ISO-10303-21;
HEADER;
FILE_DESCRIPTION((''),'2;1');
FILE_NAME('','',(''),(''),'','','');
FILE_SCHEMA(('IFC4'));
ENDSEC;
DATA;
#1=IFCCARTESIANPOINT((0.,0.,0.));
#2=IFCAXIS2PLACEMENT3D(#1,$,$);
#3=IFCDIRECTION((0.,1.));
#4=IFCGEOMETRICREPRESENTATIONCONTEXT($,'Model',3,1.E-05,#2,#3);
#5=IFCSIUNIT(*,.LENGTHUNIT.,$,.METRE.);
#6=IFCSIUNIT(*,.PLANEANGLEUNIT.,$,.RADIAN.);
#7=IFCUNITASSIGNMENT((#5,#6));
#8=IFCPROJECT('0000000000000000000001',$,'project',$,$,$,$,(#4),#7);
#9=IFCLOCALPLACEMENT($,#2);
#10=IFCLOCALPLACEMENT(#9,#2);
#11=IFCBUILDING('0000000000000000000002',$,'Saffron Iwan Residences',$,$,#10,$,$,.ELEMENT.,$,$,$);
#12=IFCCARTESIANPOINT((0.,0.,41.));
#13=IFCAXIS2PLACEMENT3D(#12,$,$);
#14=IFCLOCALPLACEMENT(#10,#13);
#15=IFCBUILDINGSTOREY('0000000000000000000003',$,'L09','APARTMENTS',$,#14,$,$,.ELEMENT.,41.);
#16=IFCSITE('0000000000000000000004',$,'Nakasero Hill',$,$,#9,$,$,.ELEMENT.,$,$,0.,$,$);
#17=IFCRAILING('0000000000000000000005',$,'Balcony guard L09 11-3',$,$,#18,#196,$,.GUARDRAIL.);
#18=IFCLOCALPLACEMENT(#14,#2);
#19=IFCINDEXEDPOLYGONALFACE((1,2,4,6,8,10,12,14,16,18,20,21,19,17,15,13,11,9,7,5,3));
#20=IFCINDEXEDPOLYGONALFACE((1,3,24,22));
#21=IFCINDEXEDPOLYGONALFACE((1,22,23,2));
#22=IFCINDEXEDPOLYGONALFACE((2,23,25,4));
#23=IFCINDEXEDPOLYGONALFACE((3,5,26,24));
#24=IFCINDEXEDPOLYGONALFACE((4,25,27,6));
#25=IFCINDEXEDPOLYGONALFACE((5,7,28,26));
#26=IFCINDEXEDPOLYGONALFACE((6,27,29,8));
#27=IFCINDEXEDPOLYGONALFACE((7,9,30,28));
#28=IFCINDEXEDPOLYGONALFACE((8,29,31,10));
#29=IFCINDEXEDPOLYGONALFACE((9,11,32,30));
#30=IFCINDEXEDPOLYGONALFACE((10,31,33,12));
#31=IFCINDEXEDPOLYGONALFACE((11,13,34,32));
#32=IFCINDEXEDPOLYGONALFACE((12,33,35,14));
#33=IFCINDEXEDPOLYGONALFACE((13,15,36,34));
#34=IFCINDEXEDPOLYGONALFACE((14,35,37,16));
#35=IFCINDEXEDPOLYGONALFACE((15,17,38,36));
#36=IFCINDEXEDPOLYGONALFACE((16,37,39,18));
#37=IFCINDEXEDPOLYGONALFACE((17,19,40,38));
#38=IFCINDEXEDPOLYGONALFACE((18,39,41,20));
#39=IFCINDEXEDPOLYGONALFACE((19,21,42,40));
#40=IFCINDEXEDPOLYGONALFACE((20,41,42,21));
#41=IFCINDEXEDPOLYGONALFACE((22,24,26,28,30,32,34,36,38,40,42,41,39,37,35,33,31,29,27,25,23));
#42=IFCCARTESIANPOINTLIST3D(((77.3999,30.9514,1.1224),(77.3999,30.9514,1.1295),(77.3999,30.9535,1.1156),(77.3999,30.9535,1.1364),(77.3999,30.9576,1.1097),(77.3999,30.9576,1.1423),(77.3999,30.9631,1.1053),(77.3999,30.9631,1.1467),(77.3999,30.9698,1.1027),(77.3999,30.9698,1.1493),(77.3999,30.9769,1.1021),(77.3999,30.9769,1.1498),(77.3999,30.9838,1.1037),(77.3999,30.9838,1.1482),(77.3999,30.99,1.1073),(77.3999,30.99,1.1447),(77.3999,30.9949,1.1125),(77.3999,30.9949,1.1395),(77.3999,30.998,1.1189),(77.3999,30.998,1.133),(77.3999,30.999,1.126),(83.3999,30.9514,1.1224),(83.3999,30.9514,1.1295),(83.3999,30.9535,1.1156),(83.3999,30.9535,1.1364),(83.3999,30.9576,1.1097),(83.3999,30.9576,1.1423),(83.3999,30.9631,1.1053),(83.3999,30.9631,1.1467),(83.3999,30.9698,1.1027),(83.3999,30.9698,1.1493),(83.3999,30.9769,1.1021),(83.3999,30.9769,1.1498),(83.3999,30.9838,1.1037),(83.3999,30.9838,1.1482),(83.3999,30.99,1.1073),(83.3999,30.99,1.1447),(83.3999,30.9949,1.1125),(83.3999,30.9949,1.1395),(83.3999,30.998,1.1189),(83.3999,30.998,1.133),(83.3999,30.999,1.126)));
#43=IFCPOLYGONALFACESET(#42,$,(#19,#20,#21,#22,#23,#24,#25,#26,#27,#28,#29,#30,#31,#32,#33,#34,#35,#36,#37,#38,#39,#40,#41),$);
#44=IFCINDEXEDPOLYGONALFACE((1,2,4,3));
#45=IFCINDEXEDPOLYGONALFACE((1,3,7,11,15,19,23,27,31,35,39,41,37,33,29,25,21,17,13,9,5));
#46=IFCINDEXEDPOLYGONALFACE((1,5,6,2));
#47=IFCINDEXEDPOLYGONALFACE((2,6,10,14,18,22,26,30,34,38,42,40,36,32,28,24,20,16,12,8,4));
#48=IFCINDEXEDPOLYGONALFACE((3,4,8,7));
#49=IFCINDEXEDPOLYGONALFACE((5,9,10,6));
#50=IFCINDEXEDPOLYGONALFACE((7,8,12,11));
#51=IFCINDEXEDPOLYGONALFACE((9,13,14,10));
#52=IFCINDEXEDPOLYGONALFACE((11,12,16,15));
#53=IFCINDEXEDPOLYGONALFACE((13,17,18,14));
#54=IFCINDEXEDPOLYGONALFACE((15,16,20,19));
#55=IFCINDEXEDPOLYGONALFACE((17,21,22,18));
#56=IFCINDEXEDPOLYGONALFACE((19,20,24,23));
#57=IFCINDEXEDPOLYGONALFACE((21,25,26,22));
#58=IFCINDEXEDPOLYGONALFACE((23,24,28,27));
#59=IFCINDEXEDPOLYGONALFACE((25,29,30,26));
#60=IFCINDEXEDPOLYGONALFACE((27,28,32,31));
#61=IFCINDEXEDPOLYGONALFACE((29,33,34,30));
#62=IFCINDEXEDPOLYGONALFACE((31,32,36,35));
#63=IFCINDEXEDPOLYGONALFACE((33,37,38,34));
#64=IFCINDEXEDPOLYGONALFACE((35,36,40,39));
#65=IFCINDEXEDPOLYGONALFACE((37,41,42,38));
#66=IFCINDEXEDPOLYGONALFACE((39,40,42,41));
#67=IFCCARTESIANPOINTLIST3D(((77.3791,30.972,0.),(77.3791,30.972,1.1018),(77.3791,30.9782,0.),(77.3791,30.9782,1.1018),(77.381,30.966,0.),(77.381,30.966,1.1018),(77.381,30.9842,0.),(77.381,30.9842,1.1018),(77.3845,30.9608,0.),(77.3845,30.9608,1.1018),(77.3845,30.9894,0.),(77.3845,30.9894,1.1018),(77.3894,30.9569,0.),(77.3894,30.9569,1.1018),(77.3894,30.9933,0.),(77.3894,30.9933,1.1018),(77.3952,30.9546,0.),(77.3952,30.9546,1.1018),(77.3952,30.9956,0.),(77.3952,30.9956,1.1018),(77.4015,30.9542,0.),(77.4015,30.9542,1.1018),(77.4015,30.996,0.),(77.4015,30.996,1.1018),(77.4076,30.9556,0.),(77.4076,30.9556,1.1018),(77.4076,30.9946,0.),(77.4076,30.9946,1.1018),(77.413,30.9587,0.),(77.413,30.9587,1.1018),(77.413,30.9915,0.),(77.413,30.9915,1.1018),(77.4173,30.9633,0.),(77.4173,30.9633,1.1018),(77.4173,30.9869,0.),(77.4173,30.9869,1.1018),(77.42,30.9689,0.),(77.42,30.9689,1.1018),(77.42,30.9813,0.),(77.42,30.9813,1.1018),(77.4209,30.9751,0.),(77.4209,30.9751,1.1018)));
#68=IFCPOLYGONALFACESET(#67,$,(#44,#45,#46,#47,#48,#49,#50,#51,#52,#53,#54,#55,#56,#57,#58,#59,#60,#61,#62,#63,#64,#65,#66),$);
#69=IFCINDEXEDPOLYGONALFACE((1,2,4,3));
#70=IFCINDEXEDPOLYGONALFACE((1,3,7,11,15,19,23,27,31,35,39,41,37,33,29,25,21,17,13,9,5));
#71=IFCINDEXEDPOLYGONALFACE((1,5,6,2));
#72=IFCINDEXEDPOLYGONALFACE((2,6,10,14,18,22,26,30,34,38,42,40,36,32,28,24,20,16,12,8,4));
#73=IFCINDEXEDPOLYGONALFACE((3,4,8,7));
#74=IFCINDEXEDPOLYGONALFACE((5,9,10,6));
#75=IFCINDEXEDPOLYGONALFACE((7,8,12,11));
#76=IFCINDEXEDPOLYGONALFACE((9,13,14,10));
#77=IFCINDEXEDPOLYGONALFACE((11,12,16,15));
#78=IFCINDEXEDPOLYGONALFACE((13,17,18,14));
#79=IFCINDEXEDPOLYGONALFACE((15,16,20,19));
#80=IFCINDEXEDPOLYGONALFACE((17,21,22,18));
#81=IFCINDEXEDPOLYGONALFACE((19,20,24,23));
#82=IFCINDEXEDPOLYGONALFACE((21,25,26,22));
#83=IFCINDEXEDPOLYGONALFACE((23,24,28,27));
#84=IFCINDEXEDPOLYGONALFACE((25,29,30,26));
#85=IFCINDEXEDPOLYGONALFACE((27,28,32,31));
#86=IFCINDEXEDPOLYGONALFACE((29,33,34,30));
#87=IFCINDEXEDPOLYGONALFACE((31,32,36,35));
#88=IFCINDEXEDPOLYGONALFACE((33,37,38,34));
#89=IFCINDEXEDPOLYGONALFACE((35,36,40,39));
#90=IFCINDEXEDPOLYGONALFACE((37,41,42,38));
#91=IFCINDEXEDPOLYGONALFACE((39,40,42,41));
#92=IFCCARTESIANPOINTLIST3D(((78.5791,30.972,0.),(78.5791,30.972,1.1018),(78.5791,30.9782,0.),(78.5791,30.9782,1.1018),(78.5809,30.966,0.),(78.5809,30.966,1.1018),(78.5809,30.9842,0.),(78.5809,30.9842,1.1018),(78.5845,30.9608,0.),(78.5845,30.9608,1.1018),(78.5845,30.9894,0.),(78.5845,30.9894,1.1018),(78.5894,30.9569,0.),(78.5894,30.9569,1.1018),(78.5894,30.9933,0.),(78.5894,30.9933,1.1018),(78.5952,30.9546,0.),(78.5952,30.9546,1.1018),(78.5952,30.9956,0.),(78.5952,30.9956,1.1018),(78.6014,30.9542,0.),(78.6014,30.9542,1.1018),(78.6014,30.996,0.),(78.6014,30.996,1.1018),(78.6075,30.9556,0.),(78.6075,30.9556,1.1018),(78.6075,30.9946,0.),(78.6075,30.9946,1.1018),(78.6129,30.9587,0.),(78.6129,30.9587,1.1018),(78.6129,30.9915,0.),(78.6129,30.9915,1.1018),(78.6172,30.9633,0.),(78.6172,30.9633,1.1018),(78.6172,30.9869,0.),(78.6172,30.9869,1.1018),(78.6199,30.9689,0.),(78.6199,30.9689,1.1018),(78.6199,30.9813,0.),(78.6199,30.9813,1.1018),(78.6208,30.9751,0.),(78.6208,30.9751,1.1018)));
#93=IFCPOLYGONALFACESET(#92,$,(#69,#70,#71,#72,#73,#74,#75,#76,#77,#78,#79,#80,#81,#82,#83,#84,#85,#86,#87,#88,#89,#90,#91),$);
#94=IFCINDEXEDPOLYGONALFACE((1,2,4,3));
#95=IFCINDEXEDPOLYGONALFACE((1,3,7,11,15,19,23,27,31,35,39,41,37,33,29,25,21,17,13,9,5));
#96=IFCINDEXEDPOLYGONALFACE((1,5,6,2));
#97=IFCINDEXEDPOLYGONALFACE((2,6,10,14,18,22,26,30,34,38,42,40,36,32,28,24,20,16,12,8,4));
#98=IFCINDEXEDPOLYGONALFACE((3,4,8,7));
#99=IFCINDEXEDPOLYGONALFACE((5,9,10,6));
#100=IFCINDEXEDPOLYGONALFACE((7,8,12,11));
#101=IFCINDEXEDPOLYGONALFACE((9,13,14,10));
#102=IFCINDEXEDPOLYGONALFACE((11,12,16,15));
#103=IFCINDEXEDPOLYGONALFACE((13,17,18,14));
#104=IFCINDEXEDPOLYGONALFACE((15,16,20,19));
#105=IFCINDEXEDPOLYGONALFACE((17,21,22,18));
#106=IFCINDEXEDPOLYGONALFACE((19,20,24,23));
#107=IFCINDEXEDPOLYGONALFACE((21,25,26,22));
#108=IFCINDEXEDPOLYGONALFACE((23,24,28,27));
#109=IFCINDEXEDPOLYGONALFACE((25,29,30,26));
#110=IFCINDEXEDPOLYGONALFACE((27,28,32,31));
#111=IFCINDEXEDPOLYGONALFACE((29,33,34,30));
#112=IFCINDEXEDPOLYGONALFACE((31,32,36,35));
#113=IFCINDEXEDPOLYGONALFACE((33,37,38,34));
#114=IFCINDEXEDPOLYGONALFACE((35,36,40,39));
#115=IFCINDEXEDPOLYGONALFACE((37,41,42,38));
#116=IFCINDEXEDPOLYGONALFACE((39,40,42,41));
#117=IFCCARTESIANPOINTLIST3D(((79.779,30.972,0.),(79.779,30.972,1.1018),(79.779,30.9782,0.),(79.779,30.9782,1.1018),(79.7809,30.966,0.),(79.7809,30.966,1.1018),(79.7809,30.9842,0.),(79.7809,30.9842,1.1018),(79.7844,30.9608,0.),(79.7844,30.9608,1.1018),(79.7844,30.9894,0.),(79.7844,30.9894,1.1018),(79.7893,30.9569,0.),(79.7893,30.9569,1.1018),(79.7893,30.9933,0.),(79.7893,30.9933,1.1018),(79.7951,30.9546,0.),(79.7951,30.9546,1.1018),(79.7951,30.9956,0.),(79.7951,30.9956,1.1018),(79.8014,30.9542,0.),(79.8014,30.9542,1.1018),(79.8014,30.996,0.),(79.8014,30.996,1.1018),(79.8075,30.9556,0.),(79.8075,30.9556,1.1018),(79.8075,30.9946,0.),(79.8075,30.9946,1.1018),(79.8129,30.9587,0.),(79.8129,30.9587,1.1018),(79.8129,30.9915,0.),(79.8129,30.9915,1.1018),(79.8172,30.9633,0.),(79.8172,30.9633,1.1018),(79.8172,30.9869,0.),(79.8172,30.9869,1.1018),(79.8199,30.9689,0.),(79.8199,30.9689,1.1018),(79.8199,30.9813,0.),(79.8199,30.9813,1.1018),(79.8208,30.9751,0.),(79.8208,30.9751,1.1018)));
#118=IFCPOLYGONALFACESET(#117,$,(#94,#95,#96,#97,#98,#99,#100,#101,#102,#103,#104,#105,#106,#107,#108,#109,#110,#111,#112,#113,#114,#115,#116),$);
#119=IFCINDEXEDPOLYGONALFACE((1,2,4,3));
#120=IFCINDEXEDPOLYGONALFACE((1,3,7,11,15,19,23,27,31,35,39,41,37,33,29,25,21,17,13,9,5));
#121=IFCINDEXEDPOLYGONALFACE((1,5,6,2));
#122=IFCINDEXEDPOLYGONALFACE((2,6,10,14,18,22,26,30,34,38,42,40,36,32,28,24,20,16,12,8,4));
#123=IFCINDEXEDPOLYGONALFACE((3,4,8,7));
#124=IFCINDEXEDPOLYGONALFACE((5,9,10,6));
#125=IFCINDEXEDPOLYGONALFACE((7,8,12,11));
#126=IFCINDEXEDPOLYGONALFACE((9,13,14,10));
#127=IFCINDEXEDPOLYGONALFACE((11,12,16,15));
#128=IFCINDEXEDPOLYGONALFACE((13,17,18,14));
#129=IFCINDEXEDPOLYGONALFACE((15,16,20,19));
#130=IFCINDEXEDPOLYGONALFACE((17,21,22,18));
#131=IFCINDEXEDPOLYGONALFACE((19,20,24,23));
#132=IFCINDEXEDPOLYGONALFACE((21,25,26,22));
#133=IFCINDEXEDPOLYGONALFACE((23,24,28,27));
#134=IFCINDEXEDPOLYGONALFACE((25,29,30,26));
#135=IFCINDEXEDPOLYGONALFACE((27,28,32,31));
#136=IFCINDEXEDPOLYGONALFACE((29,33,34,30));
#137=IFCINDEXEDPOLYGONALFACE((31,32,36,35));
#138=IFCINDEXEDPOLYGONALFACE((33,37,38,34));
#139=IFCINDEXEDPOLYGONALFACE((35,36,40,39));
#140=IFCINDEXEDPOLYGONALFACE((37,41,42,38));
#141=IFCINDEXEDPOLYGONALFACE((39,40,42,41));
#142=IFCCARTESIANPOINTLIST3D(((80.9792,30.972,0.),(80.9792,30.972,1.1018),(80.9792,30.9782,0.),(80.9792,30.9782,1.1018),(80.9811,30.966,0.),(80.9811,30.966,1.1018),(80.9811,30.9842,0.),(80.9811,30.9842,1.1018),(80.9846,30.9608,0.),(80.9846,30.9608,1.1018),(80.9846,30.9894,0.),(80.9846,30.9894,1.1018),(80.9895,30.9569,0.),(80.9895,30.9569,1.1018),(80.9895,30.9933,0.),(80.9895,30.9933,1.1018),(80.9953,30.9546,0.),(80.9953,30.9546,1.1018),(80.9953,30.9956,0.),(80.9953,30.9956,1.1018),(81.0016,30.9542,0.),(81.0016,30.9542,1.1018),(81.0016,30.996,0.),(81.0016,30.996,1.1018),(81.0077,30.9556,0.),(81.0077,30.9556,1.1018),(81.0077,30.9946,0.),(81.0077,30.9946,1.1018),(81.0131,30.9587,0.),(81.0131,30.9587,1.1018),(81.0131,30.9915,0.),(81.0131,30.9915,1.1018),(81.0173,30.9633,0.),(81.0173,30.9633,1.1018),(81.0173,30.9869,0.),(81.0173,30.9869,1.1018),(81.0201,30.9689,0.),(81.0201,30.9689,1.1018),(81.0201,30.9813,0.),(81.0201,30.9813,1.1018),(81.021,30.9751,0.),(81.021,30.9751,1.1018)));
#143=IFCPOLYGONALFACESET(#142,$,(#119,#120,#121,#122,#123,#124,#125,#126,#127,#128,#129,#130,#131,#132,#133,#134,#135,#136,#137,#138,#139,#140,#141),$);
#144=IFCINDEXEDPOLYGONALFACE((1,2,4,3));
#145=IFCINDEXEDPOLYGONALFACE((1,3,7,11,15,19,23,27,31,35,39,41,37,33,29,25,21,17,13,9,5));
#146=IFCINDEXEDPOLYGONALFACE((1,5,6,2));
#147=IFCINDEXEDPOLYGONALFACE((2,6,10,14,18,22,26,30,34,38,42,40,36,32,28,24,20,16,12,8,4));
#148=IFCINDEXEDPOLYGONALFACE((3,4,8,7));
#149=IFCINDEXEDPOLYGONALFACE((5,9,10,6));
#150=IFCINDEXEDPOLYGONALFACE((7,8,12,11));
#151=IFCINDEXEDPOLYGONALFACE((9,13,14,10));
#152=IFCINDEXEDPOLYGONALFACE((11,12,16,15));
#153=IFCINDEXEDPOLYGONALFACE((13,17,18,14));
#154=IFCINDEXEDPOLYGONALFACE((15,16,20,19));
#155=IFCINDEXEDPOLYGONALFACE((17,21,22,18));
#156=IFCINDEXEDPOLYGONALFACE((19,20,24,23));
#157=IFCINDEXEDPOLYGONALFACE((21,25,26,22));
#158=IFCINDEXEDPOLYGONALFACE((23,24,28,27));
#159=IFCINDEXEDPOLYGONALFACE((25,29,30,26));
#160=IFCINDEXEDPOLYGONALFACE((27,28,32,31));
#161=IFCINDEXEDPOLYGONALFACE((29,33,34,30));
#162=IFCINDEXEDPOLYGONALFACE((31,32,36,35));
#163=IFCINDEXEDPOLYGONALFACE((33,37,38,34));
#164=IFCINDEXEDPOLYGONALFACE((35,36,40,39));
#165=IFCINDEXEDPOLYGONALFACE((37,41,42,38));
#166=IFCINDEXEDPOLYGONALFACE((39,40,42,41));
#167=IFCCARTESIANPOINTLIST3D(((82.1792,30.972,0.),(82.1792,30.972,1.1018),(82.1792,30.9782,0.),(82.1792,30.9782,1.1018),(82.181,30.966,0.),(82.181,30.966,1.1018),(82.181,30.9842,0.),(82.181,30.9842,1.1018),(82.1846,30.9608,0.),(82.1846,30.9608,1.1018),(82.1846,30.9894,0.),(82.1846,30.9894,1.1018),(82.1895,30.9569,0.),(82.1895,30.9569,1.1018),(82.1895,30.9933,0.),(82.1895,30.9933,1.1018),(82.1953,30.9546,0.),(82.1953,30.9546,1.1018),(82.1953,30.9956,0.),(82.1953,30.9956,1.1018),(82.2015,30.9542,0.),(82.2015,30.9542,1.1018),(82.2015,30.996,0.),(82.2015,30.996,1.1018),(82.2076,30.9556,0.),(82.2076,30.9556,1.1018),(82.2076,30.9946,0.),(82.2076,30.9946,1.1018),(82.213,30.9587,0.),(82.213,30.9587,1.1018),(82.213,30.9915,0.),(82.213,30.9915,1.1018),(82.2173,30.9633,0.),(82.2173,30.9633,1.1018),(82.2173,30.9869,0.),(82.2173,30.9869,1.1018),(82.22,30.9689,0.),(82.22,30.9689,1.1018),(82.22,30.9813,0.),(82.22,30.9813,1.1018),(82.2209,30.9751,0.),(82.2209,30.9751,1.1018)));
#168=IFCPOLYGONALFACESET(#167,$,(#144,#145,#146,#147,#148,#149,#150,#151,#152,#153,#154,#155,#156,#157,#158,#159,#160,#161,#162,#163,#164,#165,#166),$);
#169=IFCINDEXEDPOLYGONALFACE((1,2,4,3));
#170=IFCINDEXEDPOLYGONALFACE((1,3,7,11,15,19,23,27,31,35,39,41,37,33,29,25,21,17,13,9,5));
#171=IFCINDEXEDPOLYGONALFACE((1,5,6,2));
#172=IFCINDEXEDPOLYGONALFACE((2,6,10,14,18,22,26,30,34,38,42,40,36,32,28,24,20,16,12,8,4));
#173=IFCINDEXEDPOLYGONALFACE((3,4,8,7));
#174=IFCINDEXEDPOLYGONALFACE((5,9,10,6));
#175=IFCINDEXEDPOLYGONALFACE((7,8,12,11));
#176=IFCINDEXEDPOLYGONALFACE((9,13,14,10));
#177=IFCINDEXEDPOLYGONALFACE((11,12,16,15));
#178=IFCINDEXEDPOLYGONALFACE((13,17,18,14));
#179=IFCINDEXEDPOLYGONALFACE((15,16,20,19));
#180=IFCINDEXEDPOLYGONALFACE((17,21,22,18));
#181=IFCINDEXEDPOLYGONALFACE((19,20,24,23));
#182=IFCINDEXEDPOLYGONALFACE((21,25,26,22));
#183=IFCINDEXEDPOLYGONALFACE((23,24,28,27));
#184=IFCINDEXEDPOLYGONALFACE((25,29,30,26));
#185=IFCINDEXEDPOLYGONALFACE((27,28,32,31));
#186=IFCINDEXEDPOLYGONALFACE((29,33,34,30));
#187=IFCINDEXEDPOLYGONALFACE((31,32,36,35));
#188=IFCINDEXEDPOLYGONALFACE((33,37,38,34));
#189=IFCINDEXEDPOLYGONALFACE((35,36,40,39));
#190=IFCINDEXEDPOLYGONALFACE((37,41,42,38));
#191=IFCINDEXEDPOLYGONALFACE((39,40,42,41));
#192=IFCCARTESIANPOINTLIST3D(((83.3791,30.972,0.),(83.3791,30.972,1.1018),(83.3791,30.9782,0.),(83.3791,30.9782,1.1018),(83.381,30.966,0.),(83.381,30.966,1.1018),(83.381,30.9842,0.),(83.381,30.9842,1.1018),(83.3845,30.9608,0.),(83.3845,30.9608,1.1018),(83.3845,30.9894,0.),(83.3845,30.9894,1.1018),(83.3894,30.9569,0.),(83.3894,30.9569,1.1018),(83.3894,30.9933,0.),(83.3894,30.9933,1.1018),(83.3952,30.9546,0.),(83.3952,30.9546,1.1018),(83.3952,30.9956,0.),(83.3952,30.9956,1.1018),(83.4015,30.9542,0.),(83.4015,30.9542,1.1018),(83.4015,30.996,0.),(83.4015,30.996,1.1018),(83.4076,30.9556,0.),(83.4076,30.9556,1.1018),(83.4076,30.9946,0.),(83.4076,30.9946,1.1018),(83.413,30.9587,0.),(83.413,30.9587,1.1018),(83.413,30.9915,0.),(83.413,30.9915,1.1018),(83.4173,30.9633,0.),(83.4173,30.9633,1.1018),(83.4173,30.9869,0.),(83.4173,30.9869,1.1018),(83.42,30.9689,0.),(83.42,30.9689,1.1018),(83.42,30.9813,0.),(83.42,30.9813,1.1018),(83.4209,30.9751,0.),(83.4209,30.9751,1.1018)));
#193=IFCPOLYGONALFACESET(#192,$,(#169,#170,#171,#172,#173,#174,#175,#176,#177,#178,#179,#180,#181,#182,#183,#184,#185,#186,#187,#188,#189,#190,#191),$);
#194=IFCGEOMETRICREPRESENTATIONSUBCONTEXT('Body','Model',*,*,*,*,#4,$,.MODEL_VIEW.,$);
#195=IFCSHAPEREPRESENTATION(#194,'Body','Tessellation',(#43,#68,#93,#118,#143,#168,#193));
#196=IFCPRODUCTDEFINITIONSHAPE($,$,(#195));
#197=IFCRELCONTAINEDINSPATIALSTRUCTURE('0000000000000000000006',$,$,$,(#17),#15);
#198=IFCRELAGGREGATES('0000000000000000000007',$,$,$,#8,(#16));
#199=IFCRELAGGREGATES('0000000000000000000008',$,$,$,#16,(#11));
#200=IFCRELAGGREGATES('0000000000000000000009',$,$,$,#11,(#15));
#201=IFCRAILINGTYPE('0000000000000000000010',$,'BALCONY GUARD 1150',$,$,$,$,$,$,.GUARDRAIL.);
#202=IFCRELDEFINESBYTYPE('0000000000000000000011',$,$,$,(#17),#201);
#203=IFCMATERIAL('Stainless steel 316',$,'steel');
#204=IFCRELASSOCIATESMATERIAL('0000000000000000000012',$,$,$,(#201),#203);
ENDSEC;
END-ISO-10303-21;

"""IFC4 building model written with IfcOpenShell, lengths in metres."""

from ifc_helpers import new_model, si_unit, direction, frame, origin, origin_2d, place, context, subcontext, project, spatial, circle, extrude, material, type_object, element, save


model = new_model("IFC4")

# Units and contexts
model_context = context("Model", 3, precision=1e-05, world=origin(), true_north=direction((0.0, 1.0)))
body_context = subcontext(model_context, "Body", "Model", "MODEL_VIEW")
ifc_project = project(units=[si_unit("LENGTHUNIT", "METRE"), si_unit("PLANEANGLEUNIT", "RADIAN")], contexts=[model_context])

# Site, building, storey
site_placement = place(None, origin())
site = spatial("IfcSite", under=ifc_project, at=site_placement, Name="Nakasero Hill", CompositionType="ELEMENT", RefElevation=0.0)
building_placement = place(site_placement, origin())
building = spatial("IfcBuilding", under=site, at=building_placement, Name="Saffron Iwan Residences", CompositionType="ELEMENT")
storey_placement = place(building_placement, frame((0.0, 0.0, 41.0)))
storey = spatial("IfcBuildingStorey", under=building, at=storey_placement, Name="L09", Description="APARTMENTS", CompositionType="ELEMENT", Elevation=41.0)

# Railing
ifc_material_1 = material(Name="Stainless steel 316", Category="steel")
railing_type = type_object("IfcRailingType", Name="BALCONY GUARD 1150", PredefinedType="GUARDRAIL", material=ifc_material_1)
railing_placement = place(storey_placement, frame((77.3999, 30.9751, 0.0)))
element("IfcRailing", 1, at=railing_placement, inside=storey, type_object=railing_type, Name="Balcony guard L09 11-3", PredefinedType="GUARDRAIL", context=body_context, shape_type="SweptSolid", body=[
    extrude(circle(Radius=0.0239, at=origin_2d()), frame((0.0, 0.0, 1.126), z_axis=(1.0, 0.0, 0.0), x_axis=(0.0, 1.0, 0.0)), (0.0, 0.0, 1.0), 6.0),
    extrude(circle(Radius=0.021, at=origin_2d()), origin(), (0.0, 0.0, 1.0), 1.1018),
    extrude(circle(Radius=0.021, at=origin_2d()), frame((1.2, 0.0, 0.0)), (0.0, 0.0, 1.0), 1.1018),
    extrude(circle(Radius=0.021, at=origin_2d()), frame((2.3999, 0.0, 0.0)), (0.0, 0.0, 1.0), 1.1018),
    extrude(circle(Radius=0.021, at=origin_2d()), frame((3.6001, 0.0, 0.0)), (0.0, 0.0, 1.0), 1.1018),
    extrude(circle(Radius=0.021, at=origin_2d()), frame((4.8, 0.0, 0.0)), (0.0, 0.0, 1.0), 1.1018),
    extrude(circle(Radius=0.021, at=origin_2d()), frame((6.0, 0.0, 0.0)), (0.0, 0.0, 1.0), 1.1018),
])

save(model, "model.ifc")
